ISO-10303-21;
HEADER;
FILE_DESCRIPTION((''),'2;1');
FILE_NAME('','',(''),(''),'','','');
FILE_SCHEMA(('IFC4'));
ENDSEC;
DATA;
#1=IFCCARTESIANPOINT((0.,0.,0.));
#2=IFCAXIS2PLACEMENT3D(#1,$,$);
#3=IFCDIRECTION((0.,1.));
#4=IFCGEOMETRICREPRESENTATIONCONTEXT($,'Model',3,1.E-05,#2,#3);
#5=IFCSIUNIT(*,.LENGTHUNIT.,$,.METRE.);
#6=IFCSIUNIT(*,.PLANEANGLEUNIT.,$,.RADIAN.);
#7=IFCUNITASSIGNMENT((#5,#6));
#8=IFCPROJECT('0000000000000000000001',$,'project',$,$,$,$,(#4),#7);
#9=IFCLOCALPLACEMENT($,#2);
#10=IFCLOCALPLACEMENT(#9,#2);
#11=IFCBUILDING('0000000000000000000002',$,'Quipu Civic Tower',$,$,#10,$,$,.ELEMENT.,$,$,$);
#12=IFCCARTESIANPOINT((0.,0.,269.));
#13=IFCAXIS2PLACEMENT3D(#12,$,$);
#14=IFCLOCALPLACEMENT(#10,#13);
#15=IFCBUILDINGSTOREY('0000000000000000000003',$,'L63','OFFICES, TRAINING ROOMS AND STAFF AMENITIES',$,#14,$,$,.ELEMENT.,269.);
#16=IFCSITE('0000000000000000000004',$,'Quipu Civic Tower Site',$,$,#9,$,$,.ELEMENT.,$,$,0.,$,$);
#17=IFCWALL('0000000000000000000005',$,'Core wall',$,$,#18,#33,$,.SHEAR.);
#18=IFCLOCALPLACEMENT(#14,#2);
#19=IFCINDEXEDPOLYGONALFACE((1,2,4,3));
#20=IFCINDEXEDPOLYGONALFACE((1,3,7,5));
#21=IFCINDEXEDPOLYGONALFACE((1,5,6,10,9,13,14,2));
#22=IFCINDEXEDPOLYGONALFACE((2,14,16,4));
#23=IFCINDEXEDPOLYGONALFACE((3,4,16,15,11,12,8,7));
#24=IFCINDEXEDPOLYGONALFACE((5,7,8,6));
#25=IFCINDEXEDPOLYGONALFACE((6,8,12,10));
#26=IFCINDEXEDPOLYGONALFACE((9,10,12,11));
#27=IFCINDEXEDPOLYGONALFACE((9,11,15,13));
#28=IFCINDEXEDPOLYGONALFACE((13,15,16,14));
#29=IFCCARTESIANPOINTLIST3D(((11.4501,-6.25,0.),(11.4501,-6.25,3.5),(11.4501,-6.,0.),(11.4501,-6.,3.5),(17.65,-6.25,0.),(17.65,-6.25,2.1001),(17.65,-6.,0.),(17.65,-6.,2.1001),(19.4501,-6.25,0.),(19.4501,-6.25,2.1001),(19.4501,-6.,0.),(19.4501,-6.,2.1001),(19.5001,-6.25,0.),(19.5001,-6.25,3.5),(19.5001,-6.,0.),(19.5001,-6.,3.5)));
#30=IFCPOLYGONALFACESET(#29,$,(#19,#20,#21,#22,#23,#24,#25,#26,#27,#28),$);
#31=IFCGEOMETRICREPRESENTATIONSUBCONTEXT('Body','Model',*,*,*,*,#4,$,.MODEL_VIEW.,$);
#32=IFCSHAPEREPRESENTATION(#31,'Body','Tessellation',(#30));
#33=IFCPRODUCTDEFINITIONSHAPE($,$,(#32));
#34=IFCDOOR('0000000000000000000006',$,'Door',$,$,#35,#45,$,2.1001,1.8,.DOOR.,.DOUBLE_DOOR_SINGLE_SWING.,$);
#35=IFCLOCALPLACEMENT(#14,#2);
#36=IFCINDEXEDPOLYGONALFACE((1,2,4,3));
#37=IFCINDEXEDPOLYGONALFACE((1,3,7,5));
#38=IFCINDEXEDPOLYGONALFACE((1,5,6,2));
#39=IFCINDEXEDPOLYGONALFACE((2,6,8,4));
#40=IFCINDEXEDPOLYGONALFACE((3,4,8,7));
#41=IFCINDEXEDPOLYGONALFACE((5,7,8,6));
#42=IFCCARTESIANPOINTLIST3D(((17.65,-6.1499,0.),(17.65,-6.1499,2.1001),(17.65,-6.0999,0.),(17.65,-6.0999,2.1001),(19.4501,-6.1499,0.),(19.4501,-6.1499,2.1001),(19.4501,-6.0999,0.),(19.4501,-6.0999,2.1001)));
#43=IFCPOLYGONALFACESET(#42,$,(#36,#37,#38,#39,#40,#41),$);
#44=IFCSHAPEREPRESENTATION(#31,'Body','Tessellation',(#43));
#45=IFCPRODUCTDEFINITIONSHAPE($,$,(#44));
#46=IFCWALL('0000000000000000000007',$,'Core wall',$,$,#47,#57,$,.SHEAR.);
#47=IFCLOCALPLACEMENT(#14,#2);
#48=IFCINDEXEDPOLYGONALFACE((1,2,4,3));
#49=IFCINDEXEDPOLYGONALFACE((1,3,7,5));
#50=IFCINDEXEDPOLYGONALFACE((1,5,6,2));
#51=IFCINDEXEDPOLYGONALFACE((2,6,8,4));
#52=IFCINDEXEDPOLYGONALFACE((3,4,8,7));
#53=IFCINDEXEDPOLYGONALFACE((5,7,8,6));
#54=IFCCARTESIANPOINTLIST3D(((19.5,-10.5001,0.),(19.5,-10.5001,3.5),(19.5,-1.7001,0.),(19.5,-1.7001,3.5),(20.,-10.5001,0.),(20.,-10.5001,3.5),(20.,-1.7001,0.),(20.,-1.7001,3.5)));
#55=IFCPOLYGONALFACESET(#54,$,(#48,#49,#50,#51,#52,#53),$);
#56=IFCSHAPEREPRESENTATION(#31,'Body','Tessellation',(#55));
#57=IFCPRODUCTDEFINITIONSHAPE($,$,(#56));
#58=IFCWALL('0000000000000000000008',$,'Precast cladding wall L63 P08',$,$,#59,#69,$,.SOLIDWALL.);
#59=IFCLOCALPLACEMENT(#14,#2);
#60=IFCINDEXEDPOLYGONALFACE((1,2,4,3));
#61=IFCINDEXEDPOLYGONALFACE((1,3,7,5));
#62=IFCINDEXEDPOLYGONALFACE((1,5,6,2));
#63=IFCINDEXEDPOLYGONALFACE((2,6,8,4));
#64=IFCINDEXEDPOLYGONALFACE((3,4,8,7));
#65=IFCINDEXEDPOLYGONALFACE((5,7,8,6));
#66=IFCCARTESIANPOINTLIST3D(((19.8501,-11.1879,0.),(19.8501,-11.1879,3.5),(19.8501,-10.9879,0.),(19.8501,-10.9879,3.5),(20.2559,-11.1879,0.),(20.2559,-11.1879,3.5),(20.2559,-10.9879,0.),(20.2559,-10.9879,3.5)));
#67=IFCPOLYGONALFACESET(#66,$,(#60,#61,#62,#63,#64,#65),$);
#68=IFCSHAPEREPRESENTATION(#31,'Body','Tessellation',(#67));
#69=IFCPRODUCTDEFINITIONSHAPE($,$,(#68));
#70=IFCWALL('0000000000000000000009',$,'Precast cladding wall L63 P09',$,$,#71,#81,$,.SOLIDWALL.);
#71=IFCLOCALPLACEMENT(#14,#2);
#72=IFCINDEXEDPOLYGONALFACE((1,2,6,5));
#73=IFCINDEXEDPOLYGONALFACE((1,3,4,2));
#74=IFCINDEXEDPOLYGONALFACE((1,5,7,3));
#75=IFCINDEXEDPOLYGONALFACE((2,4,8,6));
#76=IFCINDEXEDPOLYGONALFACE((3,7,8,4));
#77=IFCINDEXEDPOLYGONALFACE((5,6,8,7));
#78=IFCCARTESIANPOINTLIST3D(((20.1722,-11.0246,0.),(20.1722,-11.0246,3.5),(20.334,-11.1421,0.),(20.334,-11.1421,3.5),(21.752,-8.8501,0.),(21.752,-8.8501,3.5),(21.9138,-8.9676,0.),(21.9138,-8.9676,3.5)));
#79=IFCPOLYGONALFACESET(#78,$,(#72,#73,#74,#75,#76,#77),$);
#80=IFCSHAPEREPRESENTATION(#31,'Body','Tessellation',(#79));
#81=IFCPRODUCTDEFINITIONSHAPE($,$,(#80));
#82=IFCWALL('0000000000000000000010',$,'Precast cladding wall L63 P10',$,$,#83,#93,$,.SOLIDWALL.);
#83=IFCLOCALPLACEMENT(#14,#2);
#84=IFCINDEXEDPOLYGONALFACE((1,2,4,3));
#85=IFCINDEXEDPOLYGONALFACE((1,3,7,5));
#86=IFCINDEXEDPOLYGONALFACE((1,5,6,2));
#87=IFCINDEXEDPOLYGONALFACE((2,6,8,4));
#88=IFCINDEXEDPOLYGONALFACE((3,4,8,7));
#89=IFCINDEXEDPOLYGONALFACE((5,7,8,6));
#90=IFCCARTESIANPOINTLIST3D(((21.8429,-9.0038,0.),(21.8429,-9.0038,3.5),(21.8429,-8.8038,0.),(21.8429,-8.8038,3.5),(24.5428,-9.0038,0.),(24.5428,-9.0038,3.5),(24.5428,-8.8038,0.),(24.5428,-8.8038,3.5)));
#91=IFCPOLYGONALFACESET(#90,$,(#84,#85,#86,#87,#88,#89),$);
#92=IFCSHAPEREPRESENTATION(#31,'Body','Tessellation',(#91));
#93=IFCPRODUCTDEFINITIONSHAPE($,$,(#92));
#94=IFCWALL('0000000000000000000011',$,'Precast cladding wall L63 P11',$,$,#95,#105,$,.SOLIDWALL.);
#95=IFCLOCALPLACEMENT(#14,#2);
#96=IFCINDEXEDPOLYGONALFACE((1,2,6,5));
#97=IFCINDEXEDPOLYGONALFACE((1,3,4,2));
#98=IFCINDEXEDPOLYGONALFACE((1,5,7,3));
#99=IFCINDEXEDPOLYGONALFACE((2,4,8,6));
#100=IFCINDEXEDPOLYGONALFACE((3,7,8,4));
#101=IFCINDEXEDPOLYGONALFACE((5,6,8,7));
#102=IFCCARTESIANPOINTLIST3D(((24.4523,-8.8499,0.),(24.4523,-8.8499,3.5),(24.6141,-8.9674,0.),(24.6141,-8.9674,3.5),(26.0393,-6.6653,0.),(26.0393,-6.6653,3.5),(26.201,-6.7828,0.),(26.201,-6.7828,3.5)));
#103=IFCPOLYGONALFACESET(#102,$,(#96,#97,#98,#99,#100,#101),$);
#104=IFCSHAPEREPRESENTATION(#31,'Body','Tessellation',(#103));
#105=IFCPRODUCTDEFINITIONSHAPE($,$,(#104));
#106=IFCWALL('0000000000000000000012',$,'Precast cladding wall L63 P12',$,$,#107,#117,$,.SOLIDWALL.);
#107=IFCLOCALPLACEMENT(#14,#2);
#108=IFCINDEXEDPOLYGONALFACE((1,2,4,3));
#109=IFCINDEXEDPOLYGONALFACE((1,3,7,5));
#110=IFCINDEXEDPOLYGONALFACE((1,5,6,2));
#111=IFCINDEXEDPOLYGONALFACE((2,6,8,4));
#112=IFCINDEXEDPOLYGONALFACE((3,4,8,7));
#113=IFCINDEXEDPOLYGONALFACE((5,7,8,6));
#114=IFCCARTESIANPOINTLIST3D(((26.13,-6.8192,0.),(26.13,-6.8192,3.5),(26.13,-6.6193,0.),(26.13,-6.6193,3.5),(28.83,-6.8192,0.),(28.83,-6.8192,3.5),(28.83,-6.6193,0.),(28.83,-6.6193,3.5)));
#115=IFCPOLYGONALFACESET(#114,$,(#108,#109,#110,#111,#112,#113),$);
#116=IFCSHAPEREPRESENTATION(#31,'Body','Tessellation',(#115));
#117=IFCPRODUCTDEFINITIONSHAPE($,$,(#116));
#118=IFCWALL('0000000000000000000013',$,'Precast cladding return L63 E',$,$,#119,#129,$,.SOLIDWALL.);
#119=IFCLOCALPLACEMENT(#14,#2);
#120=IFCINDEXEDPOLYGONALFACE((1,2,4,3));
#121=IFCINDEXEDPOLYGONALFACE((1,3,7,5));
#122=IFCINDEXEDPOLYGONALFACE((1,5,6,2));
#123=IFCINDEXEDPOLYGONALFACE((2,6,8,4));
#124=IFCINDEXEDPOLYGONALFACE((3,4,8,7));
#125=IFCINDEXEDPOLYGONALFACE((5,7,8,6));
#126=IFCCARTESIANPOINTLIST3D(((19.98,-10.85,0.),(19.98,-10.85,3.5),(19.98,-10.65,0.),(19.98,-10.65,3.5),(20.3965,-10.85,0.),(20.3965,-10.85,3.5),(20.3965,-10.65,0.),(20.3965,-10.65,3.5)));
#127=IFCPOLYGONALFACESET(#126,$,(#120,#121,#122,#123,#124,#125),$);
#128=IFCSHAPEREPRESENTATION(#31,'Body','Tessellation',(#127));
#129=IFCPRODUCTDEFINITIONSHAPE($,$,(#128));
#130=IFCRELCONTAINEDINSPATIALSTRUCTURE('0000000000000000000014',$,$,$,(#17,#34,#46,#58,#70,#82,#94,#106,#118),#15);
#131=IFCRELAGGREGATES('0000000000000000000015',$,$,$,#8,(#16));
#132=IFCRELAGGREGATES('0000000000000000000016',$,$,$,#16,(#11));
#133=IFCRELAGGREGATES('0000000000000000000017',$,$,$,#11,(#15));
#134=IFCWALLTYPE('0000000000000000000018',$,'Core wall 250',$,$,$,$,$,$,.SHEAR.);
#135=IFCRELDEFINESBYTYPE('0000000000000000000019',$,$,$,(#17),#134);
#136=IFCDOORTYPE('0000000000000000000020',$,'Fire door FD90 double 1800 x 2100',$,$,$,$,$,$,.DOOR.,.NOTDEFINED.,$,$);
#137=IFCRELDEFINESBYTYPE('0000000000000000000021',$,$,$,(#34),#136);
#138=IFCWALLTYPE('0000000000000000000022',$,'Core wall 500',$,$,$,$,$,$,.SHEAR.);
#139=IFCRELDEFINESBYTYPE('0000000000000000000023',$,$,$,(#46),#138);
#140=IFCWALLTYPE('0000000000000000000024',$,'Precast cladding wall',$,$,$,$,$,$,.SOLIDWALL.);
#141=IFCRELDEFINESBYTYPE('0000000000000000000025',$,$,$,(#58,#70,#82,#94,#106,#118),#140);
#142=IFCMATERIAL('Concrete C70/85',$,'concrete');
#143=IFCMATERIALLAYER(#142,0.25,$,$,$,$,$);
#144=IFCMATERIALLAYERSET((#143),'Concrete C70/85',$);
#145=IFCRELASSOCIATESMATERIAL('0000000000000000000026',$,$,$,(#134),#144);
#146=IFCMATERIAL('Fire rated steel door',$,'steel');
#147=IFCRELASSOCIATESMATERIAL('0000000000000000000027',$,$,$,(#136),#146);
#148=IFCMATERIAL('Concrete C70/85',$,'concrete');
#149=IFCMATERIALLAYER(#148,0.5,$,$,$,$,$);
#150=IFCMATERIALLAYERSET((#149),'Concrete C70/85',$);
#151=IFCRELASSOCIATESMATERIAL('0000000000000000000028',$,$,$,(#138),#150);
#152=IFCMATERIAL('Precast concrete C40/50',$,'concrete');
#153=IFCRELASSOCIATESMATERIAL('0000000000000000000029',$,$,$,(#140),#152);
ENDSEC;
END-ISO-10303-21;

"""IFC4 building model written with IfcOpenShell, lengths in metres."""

from ifc_helpers import new_model, si_unit, direction, frame, frame_2d, origin, place, context, subcontext, project, spatial, rectangle, extrude, material, layer, layer_set, type_object, element, fill, save


model = new_model("IFC4")

# Units and contexts
model_context = context("Model", 3, precision=1e-05, world=origin(), true_north=direction((0.0, 1.0)))
body_context = subcontext(model_context, "Body", "Model", "MODEL_VIEW")
ifc_project = project(units=[si_unit("LENGTHUNIT", "METRE"), si_unit("PLANEANGLEUNIT", "RADIAN")], contexts=[model_context])

# Site, building, storey
site_placement = place(None, origin())
site = spatial("IfcSite", under=ifc_project, at=site_placement, Name="Quipu Civic Tower Site", CompositionType="ELEMENT", RefElevation=0.0)
building_placement = place(site_placement, origin())
building = spatial("IfcBuilding", under=site, at=building_placement, Name="Quipu Civic Tower", CompositionType="ELEMENT")
storey_placement = place(building_placement, frame((0.0, 0.0, 269.0)))
storey = spatial("IfcBuildingStorey", under=building, at=storey_placement, Name="L63", Description="OFFICES, TRAINING ROOMS AND STAFF AMENITIES", CompositionType="ELEMENT", Elevation=269.0)

# Wall, opening, door
ifc_material_1 = material(Name="Concrete C70/85", Category="concrete")
ifc_layer_1 = layer(ifc_material_1, 0.25)
ifc_layer_set_1 = layer_set([ifc_layer_1], Name="Concrete C70/85")
wall_type_1 = type_object("IfcWallType", Name="Core wall 250", PredefinedType="SHEAR", material=ifc_layer_set_1)
wall_1_placement = place(storey_placement, frame((19.5, -6.125, 0.0), z_axis=(0.0, 0.0, 1.0), x_axis=(-1.0, 0.0, 0.0)))
wall_1 = element("IfcWall", 1, at=wall_1_placement, inside=storey, type_object=wall_type_1, Name="Core wall", PredefinedType="SHEAR", context=body_context, shape_type="SweptSolid", body=[
    extrude(rectangle(XDim=8.05, YDim=0.25, at=frame_2d((4.0249, 0.0))), origin(), (0.0, 0.0, 1.0), 3.5),
])
opening_placement = place(wall_1_placement, frame((0.05, 0.0, 0.0)))
opening = element("IfcOpeningElement", 2, at=opening_placement, cuts=wall_1, PredefinedType="OPENING", context=body_context, shape_type="SweptSolid", body=[
    extrude(rectangle(XDim=1.8, YDim=2.1001, at=frame_2d((0.8999, 1.05))), frame((0.0, 0.135, 0.0), z_axis=(0.0, -1.0, 0.0), x_axis=(1.0, 0.0, 0.0)), (0.0, 0.0, 1.0), 0.27),
])
ifc_material_2 = material(Name="Fire rated steel door", Category="steel")
door_type = type_object("IfcDoorType", Name="Fire door FD90 double 1800 x 2100", OperationType="NOTDEFINED", PredefinedType="DOOR", material=ifc_material_2)
door_placement = place(opening_placement, origin())
door = element("IfcDoor", 3, at=door_placement, inside=storey, type_object=door_type, Name="Door", OperationType="DOUBLE_DOOR_SINGLE_SWING", OverallHeight=2.1001, OverallWidth=1.8, PredefinedType="DOOR", context=body_context, shape_type="SweptSolid", body=[
    extrude(rectangle(XDim=1.8, YDim=2.1001, at=frame_2d((0.8999, 1.05))), frame((0.0, 0.0249, 0.0), z_axis=(0.0, -1.0, 0.0), x_axis=(1.0, 0.0, 0.0)), (0.0, 0.0, 1.0), 0.05),
])
fill(opening, door)

# Walls
ifc_material_3 = material(Name="Concrete C70/85", Category="concrete")
ifc_layer_2 = layer(ifc_material_3, 0.5)
ifc_layer_set_2 = layer_set([ifc_layer_2], Name="Concrete C70/85")
wall_type_2 = type_object("IfcWallType", Name="Core wall 500", PredefinedType="SHEAR", material=ifc_layer_set_2)
wall_2_placement = place(storey_placement, frame((19.75, -10.5, 0.0), z_axis=(0.0, 0.0, 1.0), x_axis=(0.0, 1.0, 0.0)))
element("IfcWall", 4, at=wall_2_placement, inside=storey, type_object=wall_type_2, Name="Core wall", PredefinedType="SHEAR", context=body_context, shape_type="SweptSolid", body=[
    extrude(rectangle(XDim=8.8, YDim=0.5, at=frame_2d((4.3999, 0.0))), origin(), (0.0, 0.0, 1.0), 3.5),
])
ifc_material_4 = material(Name="Precast concrete C40/50", Category="concrete")
wall_type_3 = type_object("IfcWallType", Name="Precast cladding wall", PredefinedType="SOLIDWALL", material=ifc_material_4)
wall_3_placement = place(storey_placement, frame((19.8501, -11.0879, 0.0), z_axis=(0.0, 0.0, 1.0), x_axis=(1.0, 0.0, 0.0)))
element("IfcWall", 5, at=wall_3_placement, inside=storey, type_object=wall_type_3, Name="Precast cladding wall L63 P08", PredefinedType="SOLIDWALL", context=body_context, shape_type="SweptSolid", body=[
    extrude(rectangle(XDim=0.4058, YDim=0.2, at=frame_2d((0.2029, 0.0))), origin(), (0.0, 0.0, 1.0), 3.5),
])
wall_4_placement = place(storey_placement, frame((20.2532, -11.0833, 0.0), z_axis=(0.0, 0.0, 1.0), x_axis=(0.587767, 0.809031, 0.0)))
element("IfcWall", 6, at=wall_4_placement, inside=storey, type_object=wall_type_3, Name="Precast cladding wall L63 P09", PredefinedType="SOLIDWALL", context=body_context, shape_type="SweptSolid", body=[
    extrude(rectangle(XDim=2.6877, YDim=0.2, at=frame_2d((1.3438, 0.0))), origin(), (0.0, 0.0, 1.0), 3.5),
])
wall_5_placement = place(storey_placement, frame((21.8428, -8.9038, 0.0), z_axis=(0.0, 0.0, 1.0), x_axis=(1.0, 0.0, 0.0)))
element("IfcWall", 7, at=wall_5_placement, inside=storey, type_object=wall_type_3, Name="Precast cladding wall L63 P10", PredefinedType="SOLIDWALL", context=body_context, shape_type="SweptSolid", body=[
    extrude(rectangle(XDim=2.7, YDim=0.2, at=frame_2d((1.3501, 0.0))), origin(), (0.0, 0.0, 1.0), 3.5),
])
wall_6_placement = place(storey_placement, frame((24.5332, -8.9087, 0.0), z_axis=(0.0, 0.0, 1.0), x_axis=(0.58772, 0.809064, 0.0)))
element("IfcWall", 8, at=wall_6_placement, inside=storey, type_object=wall_type_3, Name="Precast cladding wall L63 P11", PredefinedType="SOLIDWALL", context=body_context, shape_type="SweptSolid", body=[
    extrude(rectangle(XDim=2.7002, YDim=0.2, at=frame_2d((1.3501, 0.0))), origin(), (0.0, 0.0, 1.0), 3.5),
])
wall_7_placement = place(storey_placement, frame((26.1299, -6.7192, 0.0), z_axis=(0.0, 0.0, 1.0), x_axis=(1.0, 0.0, 0.0)))
element("IfcWall", 9, at=wall_7_placement, inside=storey, type_object=wall_type_3, Name="Precast cladding wall L63 P12", PredefinedType="SOLIDWALL", context=body_context, shape_type="SweptSolid", body=[
    extrude(rectangle(XDim=2.7, YDim=0.2, at=frame_2d((1.3501, 0.0))), origin(), (0.0, 0.0, 1.0), 3.5),
])
wall_8_placement = place(storey_placement, frame((19.98, -10.75, 0.0), z_axis=(0.0, 0.0, 1.0), x_axis=(1.0, 0.0, 0.0)))
element("IfcWall", 10, at=wall_8_placement, inside=storey, type_object=wall_type_3, Name="Precast cladding return L63 E", PredefinedType="SOLIDWALL", context=body_context, shape_type="SweptSolid", body=[
    extrude(rectangle(XDim=0.4165, YDim=0.2, at=frame_2d((0.2083, 0.0))), origin(), (0.0, 0.0, 1.0), 3.5),
])

save(model, "model.ifc")
